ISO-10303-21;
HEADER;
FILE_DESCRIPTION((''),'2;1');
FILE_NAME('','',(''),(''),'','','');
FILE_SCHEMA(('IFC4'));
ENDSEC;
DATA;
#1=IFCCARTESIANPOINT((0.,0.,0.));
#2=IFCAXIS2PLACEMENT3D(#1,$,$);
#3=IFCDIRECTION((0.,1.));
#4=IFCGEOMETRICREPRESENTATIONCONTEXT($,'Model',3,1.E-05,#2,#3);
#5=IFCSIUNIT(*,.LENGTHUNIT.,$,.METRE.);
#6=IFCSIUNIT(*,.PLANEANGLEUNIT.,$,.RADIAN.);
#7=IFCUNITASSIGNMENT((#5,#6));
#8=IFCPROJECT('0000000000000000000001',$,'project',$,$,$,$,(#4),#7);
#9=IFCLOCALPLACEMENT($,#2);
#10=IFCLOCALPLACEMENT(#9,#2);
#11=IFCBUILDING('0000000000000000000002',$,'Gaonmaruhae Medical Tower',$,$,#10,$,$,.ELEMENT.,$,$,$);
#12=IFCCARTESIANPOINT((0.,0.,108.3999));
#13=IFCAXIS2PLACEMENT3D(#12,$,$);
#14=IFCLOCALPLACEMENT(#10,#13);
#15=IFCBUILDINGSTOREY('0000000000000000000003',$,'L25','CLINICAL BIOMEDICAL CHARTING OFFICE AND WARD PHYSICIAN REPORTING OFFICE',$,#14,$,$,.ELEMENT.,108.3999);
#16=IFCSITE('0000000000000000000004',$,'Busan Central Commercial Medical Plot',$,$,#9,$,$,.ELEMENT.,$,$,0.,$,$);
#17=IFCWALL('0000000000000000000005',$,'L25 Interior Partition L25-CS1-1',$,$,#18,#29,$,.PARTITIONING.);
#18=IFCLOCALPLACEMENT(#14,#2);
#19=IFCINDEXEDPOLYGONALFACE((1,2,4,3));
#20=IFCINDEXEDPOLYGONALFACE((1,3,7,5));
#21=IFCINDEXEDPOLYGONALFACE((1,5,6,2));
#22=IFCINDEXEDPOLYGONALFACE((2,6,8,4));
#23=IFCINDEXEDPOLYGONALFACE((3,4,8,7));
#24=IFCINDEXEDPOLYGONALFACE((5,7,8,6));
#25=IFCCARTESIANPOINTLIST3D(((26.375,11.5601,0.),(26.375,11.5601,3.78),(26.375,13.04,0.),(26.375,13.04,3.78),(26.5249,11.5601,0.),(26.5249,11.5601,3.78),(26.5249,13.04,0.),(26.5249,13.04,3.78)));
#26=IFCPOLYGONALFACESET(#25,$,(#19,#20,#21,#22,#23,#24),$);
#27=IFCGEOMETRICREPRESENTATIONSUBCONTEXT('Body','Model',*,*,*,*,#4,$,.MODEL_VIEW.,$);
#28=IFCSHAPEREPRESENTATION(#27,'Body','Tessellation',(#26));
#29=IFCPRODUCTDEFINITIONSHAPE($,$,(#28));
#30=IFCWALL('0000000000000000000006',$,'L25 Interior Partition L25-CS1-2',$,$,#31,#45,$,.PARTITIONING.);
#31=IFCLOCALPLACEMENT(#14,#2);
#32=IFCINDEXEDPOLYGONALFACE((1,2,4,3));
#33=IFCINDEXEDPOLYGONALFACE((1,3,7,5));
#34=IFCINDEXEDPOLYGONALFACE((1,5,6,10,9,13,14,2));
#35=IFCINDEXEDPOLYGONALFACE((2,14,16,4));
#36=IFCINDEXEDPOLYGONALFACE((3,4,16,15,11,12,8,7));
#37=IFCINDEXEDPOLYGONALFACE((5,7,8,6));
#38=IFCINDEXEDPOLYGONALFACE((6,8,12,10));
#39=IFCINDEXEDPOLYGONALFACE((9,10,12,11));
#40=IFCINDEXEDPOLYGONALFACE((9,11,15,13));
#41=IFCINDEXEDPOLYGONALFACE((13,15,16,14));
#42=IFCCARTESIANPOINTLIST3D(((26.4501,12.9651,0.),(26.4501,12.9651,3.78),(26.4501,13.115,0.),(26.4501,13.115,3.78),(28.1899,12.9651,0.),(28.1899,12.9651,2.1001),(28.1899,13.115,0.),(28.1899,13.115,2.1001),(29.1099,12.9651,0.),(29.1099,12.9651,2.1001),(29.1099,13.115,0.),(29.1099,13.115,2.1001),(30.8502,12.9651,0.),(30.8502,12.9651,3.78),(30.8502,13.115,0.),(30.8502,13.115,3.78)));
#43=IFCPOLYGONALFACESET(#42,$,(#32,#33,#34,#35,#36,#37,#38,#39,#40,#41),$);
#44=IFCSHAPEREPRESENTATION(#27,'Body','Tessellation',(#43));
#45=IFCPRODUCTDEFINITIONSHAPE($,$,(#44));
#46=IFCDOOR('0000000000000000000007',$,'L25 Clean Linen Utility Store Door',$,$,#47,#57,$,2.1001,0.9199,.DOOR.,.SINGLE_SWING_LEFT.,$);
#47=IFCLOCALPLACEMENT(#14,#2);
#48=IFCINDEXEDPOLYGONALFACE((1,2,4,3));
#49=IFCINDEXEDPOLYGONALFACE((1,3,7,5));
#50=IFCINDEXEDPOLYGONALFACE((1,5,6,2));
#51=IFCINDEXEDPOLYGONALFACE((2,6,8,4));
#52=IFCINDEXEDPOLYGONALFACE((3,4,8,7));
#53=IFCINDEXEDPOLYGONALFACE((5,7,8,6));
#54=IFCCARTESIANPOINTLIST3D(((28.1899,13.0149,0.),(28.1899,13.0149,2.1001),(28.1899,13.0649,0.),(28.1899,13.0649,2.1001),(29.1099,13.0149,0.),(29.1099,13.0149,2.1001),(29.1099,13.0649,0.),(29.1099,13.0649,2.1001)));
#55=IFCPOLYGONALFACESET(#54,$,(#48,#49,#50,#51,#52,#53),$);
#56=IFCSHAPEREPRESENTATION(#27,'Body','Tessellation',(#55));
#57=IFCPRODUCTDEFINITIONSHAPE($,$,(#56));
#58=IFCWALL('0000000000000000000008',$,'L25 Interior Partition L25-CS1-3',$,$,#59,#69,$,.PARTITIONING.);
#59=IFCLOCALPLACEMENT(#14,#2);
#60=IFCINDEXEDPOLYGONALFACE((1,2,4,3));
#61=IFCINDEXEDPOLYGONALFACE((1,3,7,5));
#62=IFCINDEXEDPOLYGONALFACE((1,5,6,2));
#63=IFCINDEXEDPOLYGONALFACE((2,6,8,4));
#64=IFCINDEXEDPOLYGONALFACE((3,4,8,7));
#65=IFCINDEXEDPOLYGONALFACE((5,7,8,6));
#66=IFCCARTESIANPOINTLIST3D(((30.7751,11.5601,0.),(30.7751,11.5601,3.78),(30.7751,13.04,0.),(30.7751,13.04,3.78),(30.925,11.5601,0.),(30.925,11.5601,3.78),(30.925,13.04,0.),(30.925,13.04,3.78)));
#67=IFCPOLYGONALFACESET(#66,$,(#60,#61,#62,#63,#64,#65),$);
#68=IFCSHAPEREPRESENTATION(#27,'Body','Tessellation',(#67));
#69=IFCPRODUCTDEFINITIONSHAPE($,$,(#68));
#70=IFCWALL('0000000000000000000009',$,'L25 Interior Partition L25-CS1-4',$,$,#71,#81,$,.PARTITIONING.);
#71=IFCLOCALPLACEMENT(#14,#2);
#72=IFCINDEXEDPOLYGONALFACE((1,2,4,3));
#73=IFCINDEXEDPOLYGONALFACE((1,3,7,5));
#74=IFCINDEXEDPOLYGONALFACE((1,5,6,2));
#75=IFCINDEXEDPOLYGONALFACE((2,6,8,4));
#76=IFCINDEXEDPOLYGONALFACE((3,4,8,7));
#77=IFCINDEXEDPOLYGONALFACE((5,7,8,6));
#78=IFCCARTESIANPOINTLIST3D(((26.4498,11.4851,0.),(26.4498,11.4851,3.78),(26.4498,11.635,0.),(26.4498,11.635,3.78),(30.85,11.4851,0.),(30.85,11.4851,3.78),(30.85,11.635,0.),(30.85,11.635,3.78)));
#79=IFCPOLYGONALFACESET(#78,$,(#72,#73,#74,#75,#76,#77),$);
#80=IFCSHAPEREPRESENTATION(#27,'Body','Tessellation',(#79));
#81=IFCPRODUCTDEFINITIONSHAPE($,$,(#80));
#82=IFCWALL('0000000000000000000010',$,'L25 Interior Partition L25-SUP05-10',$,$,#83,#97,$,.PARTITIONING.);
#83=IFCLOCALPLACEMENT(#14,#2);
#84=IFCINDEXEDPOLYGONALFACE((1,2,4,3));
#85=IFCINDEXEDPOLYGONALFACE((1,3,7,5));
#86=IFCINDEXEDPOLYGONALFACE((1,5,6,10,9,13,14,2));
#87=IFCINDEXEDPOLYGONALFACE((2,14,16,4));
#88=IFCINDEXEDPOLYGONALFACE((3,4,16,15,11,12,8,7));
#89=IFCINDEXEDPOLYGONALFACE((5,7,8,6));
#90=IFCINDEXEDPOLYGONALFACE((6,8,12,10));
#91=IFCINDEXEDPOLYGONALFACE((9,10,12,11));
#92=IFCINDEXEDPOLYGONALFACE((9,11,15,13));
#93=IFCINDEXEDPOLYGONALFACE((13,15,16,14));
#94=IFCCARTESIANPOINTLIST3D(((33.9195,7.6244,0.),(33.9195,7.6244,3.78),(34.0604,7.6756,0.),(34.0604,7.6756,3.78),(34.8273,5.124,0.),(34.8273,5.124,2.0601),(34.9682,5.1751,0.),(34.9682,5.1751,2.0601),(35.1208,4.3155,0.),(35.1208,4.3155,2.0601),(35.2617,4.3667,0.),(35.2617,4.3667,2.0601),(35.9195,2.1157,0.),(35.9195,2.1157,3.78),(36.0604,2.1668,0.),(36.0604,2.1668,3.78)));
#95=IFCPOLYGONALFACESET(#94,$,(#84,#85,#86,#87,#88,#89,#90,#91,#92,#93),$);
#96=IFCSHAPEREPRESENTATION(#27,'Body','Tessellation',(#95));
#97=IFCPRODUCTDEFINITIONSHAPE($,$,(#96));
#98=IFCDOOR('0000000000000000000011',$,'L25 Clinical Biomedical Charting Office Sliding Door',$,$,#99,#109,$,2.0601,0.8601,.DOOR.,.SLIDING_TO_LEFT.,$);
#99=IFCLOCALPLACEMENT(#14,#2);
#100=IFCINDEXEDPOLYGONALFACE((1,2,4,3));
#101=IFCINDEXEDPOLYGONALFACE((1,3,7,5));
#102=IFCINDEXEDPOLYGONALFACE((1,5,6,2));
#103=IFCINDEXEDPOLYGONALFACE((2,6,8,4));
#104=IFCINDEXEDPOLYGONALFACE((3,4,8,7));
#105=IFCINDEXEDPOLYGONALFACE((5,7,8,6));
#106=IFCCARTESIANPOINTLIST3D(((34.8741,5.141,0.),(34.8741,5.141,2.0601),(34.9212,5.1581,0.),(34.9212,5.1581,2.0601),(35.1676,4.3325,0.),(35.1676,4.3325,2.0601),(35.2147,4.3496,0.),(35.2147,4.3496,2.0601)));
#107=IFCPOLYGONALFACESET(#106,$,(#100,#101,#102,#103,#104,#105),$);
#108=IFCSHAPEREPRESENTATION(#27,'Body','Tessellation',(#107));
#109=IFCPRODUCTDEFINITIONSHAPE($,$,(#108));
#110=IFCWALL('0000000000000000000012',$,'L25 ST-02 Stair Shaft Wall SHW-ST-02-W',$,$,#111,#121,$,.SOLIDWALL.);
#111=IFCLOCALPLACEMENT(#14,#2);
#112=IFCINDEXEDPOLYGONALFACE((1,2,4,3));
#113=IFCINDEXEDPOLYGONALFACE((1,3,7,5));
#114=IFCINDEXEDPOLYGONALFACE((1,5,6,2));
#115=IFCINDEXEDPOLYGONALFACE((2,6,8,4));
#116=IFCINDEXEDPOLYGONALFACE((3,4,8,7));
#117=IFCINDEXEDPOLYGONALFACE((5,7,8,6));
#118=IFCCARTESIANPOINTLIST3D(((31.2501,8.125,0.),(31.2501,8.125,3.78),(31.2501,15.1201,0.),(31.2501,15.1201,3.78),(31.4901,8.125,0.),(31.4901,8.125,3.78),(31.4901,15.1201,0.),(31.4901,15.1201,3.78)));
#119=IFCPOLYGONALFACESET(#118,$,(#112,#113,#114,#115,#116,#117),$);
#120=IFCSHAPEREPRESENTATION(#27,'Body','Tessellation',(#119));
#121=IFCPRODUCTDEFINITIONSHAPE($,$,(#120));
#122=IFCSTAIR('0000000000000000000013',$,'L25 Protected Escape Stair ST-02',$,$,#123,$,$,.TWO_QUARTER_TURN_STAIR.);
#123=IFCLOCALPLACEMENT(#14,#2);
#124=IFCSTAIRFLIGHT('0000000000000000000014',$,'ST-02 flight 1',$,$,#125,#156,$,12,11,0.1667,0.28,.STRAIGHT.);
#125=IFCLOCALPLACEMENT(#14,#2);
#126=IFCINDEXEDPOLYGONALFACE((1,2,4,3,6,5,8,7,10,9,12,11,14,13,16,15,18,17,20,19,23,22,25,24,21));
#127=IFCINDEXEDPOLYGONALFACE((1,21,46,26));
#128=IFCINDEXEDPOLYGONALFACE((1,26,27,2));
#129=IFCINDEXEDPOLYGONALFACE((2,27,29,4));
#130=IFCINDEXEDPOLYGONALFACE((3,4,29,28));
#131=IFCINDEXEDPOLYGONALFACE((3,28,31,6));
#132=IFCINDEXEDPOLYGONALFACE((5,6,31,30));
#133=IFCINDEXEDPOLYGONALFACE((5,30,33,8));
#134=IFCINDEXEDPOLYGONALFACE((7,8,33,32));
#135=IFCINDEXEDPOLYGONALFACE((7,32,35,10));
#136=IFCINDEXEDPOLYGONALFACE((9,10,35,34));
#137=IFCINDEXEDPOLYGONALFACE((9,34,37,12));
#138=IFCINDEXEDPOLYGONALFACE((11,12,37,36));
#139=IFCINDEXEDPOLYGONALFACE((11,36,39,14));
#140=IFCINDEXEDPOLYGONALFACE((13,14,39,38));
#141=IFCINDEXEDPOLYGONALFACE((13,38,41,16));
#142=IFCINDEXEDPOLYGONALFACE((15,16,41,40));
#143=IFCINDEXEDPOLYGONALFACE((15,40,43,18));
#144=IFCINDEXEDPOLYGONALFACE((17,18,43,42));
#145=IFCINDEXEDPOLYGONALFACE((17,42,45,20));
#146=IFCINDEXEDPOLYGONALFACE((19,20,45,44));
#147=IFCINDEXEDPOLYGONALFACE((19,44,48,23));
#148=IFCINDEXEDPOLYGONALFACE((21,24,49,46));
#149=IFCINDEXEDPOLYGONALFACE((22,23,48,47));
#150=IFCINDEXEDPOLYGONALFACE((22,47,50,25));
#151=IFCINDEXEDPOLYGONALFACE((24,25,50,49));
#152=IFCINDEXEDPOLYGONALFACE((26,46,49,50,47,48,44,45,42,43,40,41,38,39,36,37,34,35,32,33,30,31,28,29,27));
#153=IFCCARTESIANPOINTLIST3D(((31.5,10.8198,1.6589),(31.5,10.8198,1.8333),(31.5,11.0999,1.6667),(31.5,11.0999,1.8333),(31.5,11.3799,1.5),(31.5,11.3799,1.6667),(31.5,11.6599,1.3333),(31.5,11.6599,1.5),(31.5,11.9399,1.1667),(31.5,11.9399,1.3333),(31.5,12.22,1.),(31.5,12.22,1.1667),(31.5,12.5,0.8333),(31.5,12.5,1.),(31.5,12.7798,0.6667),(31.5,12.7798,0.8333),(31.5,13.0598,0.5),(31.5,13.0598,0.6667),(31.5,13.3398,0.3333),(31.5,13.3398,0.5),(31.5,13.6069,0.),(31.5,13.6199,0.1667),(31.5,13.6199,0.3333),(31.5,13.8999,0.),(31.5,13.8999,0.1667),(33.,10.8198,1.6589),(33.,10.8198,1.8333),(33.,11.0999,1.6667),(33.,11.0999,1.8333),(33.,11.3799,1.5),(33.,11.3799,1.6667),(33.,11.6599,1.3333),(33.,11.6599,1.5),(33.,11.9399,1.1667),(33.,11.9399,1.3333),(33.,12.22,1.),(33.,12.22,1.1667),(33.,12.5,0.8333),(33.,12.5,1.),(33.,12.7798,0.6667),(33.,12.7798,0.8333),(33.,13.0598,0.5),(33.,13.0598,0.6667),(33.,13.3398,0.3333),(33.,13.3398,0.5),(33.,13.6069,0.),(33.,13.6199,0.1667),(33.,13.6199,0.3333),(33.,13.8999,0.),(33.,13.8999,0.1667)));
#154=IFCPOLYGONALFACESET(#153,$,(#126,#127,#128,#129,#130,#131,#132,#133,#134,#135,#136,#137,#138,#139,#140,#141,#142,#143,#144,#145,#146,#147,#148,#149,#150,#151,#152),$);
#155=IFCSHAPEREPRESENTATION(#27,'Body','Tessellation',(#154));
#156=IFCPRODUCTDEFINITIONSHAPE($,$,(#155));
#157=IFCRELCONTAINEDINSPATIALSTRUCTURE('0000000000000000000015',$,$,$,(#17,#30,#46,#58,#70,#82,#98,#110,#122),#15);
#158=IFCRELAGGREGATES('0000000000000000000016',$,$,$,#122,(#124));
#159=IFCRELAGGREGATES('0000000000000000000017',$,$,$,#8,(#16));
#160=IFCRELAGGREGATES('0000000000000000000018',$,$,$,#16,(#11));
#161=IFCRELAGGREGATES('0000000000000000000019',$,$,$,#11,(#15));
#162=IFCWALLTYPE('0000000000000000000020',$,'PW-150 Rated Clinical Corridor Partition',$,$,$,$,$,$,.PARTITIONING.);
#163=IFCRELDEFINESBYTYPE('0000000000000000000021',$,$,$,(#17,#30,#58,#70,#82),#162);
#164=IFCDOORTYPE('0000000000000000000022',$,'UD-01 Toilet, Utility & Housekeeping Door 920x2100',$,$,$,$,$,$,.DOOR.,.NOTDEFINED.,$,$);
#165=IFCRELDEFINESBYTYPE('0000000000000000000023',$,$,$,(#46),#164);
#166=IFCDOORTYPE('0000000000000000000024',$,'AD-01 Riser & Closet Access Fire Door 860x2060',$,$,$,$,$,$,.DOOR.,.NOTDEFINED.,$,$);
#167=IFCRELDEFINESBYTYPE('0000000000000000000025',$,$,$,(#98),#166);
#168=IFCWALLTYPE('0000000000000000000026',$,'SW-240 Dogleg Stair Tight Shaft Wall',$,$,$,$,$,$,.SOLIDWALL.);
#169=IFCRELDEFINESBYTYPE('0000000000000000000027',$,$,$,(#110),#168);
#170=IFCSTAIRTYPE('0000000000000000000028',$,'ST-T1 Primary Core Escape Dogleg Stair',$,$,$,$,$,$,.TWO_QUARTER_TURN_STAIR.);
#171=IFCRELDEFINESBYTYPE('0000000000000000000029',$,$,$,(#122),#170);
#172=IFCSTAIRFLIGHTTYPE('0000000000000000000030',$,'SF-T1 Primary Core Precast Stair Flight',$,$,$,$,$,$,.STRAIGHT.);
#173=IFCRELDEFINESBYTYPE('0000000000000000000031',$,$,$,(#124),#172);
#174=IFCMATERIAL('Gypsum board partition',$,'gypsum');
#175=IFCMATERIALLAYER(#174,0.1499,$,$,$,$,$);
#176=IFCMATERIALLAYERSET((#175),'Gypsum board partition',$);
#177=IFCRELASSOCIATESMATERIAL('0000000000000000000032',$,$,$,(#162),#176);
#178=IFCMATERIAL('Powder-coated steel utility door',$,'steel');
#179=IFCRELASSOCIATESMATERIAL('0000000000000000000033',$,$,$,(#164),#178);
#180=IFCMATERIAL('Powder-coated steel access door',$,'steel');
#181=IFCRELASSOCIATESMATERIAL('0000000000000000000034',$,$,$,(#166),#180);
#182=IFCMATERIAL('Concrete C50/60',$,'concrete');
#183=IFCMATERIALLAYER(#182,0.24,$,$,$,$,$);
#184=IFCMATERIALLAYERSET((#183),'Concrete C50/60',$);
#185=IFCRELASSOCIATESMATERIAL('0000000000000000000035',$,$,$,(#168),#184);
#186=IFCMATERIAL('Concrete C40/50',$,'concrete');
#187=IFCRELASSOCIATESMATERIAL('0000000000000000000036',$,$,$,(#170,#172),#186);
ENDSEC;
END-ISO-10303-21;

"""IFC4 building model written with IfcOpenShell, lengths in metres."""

from ifc_helpers import new_model, si_unit, direction, frame, frame_2d, origin, place, context, subcontext, project, spatial, polyline, rectangle, outline, extrude, material, layer, layer_set, type_object, element, fill, aggregate, save


model = new_model("IFC4")

# Units and contexts
model_context = context("Model", 3, precision=1e-05, world=origin(), true_north=direction((0.0, 1.0)))
body_context = subcontext(model_context, "Body", "Model", "MODEL_VIEW")
ifc_project = project(units=[si_unit("LENGTHUNIT", "METRE"), si_unit("PLANEANGLEUNIT", "RADIAN")], contexts=[model_context])

# Site, building, storey
site_placement = place(None, origin())
site = spatial("IfcSite", under=ifc_project, at=site_placement, Name="Busan Central Commercial Medical Plot", CompositionType="ELEMENT", RefElevation=0.0)
building_placement = place(site_placement, origin())
building = spatial("IfcBuilding", under=site, at=building_placement, Name="Gaonmaruhae Medical Tower", CompositionType="ELEMENT")
storey_placement = place(building_placement, frame((0.0, 0.0, 108.3999)))
storey = spatial("IfcBuildingStorey", under=building, at=storey_placement, Name="L25", Description="CLINICAL BIOMEDICAL CHARTING OFFICE AND WARD PHYSICIAN REPORTING OFFICE", CompositionType="ELEMENT", Elevation=108.3999)

# Wall
ifc_material_1 = material(Name="Gypsum board partition", Category="gypsum")
ifc_layer_1 = layer(ifc_material_1, 0.1499)
ifc_layer_set_1 = layer_set([ifc_layer_1], Name="Gypsum board partition")
wall_type_1 = type_object("IfcWallType", Name="PW-150 Rated Clinical Corridor Partition", PredefinedType="PARTITIONING", material=ifc_layer_set_1)
wall_1_placement = place(storey_placement, frame((26.45, 11.5601, 0.0), z_axis=(0.0, 0.0, 1.0), x_axis=(0.0, 1.0, 0.0)))
element("IfcWall", 1, at=wall_1_placement, inside=storey, type_object=wall_type_1, Name="L25 Interior Partition L25-CS1-1", PredefinedType="PARTITIONING", context=body_context, shape_type="SweptSolid", body=[
    extrude(rectangle(XDim=1.48, YDim=0.1499, at=frame_2d((0.74, 0.0))), origin(), (0.0, 0.0, 1.0), 3.78),
])

# Wall, opening, door
wall_2_placement = place(storey_placement, frame((26.45, 13.04, 0.0), z_axis=(0.0, 0.0, 1.0), x_axis=(1.0, 0.0, 0.0)))
wall_2 = element("IfcWall", 2, at=wall_2_placement, inside=storey, type_object=wall_type_1, Name="L25 Interior Partition L25-CS1-2", PredefinedType="PARTITIONING", context=body_context, shape_type="SweptSolid", body=[
    extrude(rectangle(XDim=4.4001, YDim=0.1499, at=frame_2d((2.2002, 0.0))), origin(), (0.0, 0.0, 1.0), 3.78),
])
opening_1_placement = place(wall_2_placement, frame((1.74, 0.0, 0.0)))
opening_1 = element("IfcOpeningElement", 3, at=opening_1_placement, cuts=wall_2, PredefinedType="OPENING", context=body_context, shape_type="SweptSolid", body=[
    extrude(rectangle(XDim=0.9199, YDim=2.1001, at=frame_2d((0.46, 1.05))), frame((0.0, 0.085, 0.0), z_axis=(0.0, -1.0, 0.0), x_axis=(1.0, 0.0, 0.0)), (0.0, 0.0, 1.0), 0.1699),
])
ifc_material_2 = material(Name="Powder-coated steel utility door", Category="steel")
door_type_1 = type_object("IfcDoorType", Name="UD-01 Toilet, Utility & Housekeeping Door 920x2100", OperationType="NOTDEFINED", PredefinedType="DOOR", material=ifc_material_2)
door_1_placement = place(opening_1_placement, origin())
door_1 = element("IfcDoor", 4, at=door_1_placement, inside=storey, type_object=door_type_1, Name="L25 Clean Linen Utility Store Door", OperationType="SINGLE_SWING_LEFT", OverallHeight=2.1001, OverallWidth=0.9199, PredefinedType="DOOR", context=body_context, shape_type="SweptSolid", body=[
    extrude(rectangle(XDim=0.9199, YDim=2.1001, at=frame_2d((0.46, 1.05))), frame((0.0, 0.0249, 0.0), z_axis=(0.0, -1.0, 0.0), x_axis=(1.0, 0.0, 0.0)), (0.0, 0.0, 1.0), 0.05),
])
fill(opening_1, door_1)

# Walls
wall_3_placement = place(storey_placement, frame((30.8501, 13.04, 0.0), z_axis=(0.0, 0.0, 1.0), x_axis=(0.0, -1.0, 0.0)))
element("IfcWall", 5, at=wall_3_placement, inside=storey, type_object=wall_type_1, Name="L25 Interior Partition L25-CS1-3", PredefinedType="PARTITIONING", context=body_context, shape_type="SweptSolid", body=[
    extrude(rectangle(XDim=1.48, YDim=0.1499, at=frame_2d((0.74, 0.0))), origin(), (0.0, 0.0, 1.0), 3.78),
])
wall_4_placement = place(storey_placement, frame((30.8501, 11.5601, 0.0), z_axis=(0.0, 0.0, 1.0), x_axis=(-1.0, 0.0, 0.0)))
element("IfcWall", 6, at=wall_4_placement, inside=storey, type_object=wall_type_1, Name="L25 Interior Partition L25-CS1-4", PredefinedType="PARTITIONING", context=body_context, shape_type="SweptSolid", body=[
    extrude(rectangle(XDim=4.4001, YDim=0.1499, at=frame_2d((2.2002, 0.0))), origin(), (0.0, 0.0, 1.0), 3.78),
])

# Wall, opening, door
wall_5_placement = place(storey_placement, frame((33.99, 7.6499, 0.0), z_axis=(0.0, 0.0, 1.0), x_axis=(0.341261, -0.939968, 0.0)))
wall_5 = element("IfcWall", 7, at=wall_5_placement, inside=storey, type_object=wall_type_1, Name="L25 Interior Partition L25-SUP05-10", PredefinedType="PARTITIONING", context=body_context, shape_type="SweptSolid", body=[
    extrude(rectangle(XDim=5.8606, YDim=0.1499, at=frame_2d((2.9302, 0.0))), origin(), (0.0, 0.0, 1.0), 3.78),
])
opening_2_placement = place(wall_5_placement, frame((2.6599, 0.0, 0.0)))
opening_2 = element("IfcOpeningElement", 8, at=opening_2_placement, cuts=wall_5, PredefinedType="OPENING", context=body_context, shape_type="SweptSolid", body=[
    extrude(rectangle(XDim=0.8601, YDim=2.0601, at=frame_2d((0.4302, 1.03))), frame((0.0, 0.085, 0.0), z_axis=(0.0, -1.0, 0.0), x_axis=(1.0, 0.0, 0.0)), (0.0, 0.0, 1.0), 0.1699),
])
ifc_material_3 = material(Name="Powder-coated steel access door", Category="steel")
door_type_2 = type_object("IfcDoorType", Name="AD-01 Riser & Closet Access Fire Door 860x2060", OperationType="NOTDEFINED", PredefinedType="DOOR", material=ifc_material_3)
door_2_placement = place(opening_2_placement, origin())
door_2 = element("IfcDoor", 9, at=door_2_placement, inside=storey, type_object=door_type_2, Name="L25 Clinical Biomedical Charting Office Sliding Door", OperationType="SLIDING_TO_LEFT", OverallHeight=2.0601, OverallWidth=0.8601, PredefinedType="DOOR", context=body_context, shape_type="SweptSolid", body=[
    extrude(rectangle(XDim=0.8601, YDim=2.0601, at=frame_2d((0.4302, 1.03))), frame((0.0, 0.0249, 0.0), z_axis=(0.0, -1.0, 0.0), x_axis=(1.0, 0.0, 0.0)), (0.0, 0.0, 1.0), 0.05),
])
fill(opening_2, door_2)

# Wall
ifc_material_4 = material(Name="Concrete C50/60", Category="concrete")
ifc_layer_2 = layer(ifc_material_4, 0.24)
ifc_layer_set_2 = layer_set([ifc_layer_2], Name="Concrete C50/60")
wall_type_2 = type_object("IfcWallType", Name="SW-240 Dogleg Stair Tight Shaft Wall", PredefinedType="SOLIDWALL", material=ifc_layer_set_2)
wall_6_placement = place(storey_placement, frame((31.3701, 8.125, 0.0), z_axis=(0.0, 0.0, 1.0), x_axis=(0.0, 1.0, 0.0)))
element("IfcWall", 10, at=wall_6_placement, inside=storey, type_object=wall_type_2, Name="L25 ST-02 Stair Shaft Wall SHW-ST-02-W", PredefinedType="SOLIDWALL", context=body_context, shape_type="SweptSolid", body=[
    extrude(rectangle(XDim=6.9951, YDim=0.24, at=frame_2d((3.4976, 0.0))), origin(), (0.0, 0.0, 1.0), 3.78),
])

# Stair, stair flight
ifc_material_5 = material(Name="Concrete C40/50", Category="concrete")
stair_type = type_object("IfcStairType", Name="ST-T1 Primary Core Escape Dogleg Stair", PredefinedType="TWO_QUARTER_TURN_STAIR", material=ifc_material_5)
stair_placement = place(storey_placement, origin())
stair = element("IfcStair", 11, at=stair_placement, inside=storey, type_object=stair_type, Name="L25 Protected Escape Stair ST-02", PredefinedType="TWO_QUARTER_TURN_STAIR")
stair_flight_type = type_object("IfcStairFlightType", Name="SF-T1 Primary Core Precast Stair Flight", PredefinedType="STRAIGHT", material=ifc_material_5)
stair_flight_1_placement = place(storey_placement, frame((32.25, 13.8999, 0.0), z_axis=(0.0, 0.0, 1.0), x_axis=(0.0, -1.0, 0.0)))
stair_flight_1 = element("IfcStairFlight", 12, at=stair_flight_1_placement, type_object=stair_flight_type, Name="ST-02 flight 1", NumberOfRisers=12, NumberOfTreads=11, PredefinedType="STRAIGHT", RiserHeight=0.1667, TreadLength=0.28, context=body_context, shape_type="SweptSolid", body=[
    extrude(outline(polyline([(0.0, 0.0), (0.0, 0.1667), (0.28, 0.1667), (0.28, 0.3333), (0.5601, 0.3333), (0.5601, 0.5), (0.8401, 0.5), (0.8401, 0.6667), (1.1201, 0.6667), (1.1201, 0.8333), (1.3999, 0.8333), (1.3999, 1.0), (1.6799, 1.0), (1.6799, 1.1667), (1.96, 1.1667), (1.96, 1.3333), (2.24, 1.3333), (2.24, 1.5), (2.52, 1.5), (2.52, 1.6667), (2.8, 1.6667), (2.8, 1.8333), (3.0801, 1.8333), (3.0801, 2.0), (3.0801, 1.6589), (0.293, 0.0), (0.0, 0.0)])), frame((0.0, 0.75, 0.0), z_axis=(0.0, -1.0, 0.0), x_axis=(1.0, 0.0, 0.0)), (0.0, 0.0, 1.0), 1.5),
])
aggregate(stair, [stair_flight_1])

save(model, "model.ifc")
